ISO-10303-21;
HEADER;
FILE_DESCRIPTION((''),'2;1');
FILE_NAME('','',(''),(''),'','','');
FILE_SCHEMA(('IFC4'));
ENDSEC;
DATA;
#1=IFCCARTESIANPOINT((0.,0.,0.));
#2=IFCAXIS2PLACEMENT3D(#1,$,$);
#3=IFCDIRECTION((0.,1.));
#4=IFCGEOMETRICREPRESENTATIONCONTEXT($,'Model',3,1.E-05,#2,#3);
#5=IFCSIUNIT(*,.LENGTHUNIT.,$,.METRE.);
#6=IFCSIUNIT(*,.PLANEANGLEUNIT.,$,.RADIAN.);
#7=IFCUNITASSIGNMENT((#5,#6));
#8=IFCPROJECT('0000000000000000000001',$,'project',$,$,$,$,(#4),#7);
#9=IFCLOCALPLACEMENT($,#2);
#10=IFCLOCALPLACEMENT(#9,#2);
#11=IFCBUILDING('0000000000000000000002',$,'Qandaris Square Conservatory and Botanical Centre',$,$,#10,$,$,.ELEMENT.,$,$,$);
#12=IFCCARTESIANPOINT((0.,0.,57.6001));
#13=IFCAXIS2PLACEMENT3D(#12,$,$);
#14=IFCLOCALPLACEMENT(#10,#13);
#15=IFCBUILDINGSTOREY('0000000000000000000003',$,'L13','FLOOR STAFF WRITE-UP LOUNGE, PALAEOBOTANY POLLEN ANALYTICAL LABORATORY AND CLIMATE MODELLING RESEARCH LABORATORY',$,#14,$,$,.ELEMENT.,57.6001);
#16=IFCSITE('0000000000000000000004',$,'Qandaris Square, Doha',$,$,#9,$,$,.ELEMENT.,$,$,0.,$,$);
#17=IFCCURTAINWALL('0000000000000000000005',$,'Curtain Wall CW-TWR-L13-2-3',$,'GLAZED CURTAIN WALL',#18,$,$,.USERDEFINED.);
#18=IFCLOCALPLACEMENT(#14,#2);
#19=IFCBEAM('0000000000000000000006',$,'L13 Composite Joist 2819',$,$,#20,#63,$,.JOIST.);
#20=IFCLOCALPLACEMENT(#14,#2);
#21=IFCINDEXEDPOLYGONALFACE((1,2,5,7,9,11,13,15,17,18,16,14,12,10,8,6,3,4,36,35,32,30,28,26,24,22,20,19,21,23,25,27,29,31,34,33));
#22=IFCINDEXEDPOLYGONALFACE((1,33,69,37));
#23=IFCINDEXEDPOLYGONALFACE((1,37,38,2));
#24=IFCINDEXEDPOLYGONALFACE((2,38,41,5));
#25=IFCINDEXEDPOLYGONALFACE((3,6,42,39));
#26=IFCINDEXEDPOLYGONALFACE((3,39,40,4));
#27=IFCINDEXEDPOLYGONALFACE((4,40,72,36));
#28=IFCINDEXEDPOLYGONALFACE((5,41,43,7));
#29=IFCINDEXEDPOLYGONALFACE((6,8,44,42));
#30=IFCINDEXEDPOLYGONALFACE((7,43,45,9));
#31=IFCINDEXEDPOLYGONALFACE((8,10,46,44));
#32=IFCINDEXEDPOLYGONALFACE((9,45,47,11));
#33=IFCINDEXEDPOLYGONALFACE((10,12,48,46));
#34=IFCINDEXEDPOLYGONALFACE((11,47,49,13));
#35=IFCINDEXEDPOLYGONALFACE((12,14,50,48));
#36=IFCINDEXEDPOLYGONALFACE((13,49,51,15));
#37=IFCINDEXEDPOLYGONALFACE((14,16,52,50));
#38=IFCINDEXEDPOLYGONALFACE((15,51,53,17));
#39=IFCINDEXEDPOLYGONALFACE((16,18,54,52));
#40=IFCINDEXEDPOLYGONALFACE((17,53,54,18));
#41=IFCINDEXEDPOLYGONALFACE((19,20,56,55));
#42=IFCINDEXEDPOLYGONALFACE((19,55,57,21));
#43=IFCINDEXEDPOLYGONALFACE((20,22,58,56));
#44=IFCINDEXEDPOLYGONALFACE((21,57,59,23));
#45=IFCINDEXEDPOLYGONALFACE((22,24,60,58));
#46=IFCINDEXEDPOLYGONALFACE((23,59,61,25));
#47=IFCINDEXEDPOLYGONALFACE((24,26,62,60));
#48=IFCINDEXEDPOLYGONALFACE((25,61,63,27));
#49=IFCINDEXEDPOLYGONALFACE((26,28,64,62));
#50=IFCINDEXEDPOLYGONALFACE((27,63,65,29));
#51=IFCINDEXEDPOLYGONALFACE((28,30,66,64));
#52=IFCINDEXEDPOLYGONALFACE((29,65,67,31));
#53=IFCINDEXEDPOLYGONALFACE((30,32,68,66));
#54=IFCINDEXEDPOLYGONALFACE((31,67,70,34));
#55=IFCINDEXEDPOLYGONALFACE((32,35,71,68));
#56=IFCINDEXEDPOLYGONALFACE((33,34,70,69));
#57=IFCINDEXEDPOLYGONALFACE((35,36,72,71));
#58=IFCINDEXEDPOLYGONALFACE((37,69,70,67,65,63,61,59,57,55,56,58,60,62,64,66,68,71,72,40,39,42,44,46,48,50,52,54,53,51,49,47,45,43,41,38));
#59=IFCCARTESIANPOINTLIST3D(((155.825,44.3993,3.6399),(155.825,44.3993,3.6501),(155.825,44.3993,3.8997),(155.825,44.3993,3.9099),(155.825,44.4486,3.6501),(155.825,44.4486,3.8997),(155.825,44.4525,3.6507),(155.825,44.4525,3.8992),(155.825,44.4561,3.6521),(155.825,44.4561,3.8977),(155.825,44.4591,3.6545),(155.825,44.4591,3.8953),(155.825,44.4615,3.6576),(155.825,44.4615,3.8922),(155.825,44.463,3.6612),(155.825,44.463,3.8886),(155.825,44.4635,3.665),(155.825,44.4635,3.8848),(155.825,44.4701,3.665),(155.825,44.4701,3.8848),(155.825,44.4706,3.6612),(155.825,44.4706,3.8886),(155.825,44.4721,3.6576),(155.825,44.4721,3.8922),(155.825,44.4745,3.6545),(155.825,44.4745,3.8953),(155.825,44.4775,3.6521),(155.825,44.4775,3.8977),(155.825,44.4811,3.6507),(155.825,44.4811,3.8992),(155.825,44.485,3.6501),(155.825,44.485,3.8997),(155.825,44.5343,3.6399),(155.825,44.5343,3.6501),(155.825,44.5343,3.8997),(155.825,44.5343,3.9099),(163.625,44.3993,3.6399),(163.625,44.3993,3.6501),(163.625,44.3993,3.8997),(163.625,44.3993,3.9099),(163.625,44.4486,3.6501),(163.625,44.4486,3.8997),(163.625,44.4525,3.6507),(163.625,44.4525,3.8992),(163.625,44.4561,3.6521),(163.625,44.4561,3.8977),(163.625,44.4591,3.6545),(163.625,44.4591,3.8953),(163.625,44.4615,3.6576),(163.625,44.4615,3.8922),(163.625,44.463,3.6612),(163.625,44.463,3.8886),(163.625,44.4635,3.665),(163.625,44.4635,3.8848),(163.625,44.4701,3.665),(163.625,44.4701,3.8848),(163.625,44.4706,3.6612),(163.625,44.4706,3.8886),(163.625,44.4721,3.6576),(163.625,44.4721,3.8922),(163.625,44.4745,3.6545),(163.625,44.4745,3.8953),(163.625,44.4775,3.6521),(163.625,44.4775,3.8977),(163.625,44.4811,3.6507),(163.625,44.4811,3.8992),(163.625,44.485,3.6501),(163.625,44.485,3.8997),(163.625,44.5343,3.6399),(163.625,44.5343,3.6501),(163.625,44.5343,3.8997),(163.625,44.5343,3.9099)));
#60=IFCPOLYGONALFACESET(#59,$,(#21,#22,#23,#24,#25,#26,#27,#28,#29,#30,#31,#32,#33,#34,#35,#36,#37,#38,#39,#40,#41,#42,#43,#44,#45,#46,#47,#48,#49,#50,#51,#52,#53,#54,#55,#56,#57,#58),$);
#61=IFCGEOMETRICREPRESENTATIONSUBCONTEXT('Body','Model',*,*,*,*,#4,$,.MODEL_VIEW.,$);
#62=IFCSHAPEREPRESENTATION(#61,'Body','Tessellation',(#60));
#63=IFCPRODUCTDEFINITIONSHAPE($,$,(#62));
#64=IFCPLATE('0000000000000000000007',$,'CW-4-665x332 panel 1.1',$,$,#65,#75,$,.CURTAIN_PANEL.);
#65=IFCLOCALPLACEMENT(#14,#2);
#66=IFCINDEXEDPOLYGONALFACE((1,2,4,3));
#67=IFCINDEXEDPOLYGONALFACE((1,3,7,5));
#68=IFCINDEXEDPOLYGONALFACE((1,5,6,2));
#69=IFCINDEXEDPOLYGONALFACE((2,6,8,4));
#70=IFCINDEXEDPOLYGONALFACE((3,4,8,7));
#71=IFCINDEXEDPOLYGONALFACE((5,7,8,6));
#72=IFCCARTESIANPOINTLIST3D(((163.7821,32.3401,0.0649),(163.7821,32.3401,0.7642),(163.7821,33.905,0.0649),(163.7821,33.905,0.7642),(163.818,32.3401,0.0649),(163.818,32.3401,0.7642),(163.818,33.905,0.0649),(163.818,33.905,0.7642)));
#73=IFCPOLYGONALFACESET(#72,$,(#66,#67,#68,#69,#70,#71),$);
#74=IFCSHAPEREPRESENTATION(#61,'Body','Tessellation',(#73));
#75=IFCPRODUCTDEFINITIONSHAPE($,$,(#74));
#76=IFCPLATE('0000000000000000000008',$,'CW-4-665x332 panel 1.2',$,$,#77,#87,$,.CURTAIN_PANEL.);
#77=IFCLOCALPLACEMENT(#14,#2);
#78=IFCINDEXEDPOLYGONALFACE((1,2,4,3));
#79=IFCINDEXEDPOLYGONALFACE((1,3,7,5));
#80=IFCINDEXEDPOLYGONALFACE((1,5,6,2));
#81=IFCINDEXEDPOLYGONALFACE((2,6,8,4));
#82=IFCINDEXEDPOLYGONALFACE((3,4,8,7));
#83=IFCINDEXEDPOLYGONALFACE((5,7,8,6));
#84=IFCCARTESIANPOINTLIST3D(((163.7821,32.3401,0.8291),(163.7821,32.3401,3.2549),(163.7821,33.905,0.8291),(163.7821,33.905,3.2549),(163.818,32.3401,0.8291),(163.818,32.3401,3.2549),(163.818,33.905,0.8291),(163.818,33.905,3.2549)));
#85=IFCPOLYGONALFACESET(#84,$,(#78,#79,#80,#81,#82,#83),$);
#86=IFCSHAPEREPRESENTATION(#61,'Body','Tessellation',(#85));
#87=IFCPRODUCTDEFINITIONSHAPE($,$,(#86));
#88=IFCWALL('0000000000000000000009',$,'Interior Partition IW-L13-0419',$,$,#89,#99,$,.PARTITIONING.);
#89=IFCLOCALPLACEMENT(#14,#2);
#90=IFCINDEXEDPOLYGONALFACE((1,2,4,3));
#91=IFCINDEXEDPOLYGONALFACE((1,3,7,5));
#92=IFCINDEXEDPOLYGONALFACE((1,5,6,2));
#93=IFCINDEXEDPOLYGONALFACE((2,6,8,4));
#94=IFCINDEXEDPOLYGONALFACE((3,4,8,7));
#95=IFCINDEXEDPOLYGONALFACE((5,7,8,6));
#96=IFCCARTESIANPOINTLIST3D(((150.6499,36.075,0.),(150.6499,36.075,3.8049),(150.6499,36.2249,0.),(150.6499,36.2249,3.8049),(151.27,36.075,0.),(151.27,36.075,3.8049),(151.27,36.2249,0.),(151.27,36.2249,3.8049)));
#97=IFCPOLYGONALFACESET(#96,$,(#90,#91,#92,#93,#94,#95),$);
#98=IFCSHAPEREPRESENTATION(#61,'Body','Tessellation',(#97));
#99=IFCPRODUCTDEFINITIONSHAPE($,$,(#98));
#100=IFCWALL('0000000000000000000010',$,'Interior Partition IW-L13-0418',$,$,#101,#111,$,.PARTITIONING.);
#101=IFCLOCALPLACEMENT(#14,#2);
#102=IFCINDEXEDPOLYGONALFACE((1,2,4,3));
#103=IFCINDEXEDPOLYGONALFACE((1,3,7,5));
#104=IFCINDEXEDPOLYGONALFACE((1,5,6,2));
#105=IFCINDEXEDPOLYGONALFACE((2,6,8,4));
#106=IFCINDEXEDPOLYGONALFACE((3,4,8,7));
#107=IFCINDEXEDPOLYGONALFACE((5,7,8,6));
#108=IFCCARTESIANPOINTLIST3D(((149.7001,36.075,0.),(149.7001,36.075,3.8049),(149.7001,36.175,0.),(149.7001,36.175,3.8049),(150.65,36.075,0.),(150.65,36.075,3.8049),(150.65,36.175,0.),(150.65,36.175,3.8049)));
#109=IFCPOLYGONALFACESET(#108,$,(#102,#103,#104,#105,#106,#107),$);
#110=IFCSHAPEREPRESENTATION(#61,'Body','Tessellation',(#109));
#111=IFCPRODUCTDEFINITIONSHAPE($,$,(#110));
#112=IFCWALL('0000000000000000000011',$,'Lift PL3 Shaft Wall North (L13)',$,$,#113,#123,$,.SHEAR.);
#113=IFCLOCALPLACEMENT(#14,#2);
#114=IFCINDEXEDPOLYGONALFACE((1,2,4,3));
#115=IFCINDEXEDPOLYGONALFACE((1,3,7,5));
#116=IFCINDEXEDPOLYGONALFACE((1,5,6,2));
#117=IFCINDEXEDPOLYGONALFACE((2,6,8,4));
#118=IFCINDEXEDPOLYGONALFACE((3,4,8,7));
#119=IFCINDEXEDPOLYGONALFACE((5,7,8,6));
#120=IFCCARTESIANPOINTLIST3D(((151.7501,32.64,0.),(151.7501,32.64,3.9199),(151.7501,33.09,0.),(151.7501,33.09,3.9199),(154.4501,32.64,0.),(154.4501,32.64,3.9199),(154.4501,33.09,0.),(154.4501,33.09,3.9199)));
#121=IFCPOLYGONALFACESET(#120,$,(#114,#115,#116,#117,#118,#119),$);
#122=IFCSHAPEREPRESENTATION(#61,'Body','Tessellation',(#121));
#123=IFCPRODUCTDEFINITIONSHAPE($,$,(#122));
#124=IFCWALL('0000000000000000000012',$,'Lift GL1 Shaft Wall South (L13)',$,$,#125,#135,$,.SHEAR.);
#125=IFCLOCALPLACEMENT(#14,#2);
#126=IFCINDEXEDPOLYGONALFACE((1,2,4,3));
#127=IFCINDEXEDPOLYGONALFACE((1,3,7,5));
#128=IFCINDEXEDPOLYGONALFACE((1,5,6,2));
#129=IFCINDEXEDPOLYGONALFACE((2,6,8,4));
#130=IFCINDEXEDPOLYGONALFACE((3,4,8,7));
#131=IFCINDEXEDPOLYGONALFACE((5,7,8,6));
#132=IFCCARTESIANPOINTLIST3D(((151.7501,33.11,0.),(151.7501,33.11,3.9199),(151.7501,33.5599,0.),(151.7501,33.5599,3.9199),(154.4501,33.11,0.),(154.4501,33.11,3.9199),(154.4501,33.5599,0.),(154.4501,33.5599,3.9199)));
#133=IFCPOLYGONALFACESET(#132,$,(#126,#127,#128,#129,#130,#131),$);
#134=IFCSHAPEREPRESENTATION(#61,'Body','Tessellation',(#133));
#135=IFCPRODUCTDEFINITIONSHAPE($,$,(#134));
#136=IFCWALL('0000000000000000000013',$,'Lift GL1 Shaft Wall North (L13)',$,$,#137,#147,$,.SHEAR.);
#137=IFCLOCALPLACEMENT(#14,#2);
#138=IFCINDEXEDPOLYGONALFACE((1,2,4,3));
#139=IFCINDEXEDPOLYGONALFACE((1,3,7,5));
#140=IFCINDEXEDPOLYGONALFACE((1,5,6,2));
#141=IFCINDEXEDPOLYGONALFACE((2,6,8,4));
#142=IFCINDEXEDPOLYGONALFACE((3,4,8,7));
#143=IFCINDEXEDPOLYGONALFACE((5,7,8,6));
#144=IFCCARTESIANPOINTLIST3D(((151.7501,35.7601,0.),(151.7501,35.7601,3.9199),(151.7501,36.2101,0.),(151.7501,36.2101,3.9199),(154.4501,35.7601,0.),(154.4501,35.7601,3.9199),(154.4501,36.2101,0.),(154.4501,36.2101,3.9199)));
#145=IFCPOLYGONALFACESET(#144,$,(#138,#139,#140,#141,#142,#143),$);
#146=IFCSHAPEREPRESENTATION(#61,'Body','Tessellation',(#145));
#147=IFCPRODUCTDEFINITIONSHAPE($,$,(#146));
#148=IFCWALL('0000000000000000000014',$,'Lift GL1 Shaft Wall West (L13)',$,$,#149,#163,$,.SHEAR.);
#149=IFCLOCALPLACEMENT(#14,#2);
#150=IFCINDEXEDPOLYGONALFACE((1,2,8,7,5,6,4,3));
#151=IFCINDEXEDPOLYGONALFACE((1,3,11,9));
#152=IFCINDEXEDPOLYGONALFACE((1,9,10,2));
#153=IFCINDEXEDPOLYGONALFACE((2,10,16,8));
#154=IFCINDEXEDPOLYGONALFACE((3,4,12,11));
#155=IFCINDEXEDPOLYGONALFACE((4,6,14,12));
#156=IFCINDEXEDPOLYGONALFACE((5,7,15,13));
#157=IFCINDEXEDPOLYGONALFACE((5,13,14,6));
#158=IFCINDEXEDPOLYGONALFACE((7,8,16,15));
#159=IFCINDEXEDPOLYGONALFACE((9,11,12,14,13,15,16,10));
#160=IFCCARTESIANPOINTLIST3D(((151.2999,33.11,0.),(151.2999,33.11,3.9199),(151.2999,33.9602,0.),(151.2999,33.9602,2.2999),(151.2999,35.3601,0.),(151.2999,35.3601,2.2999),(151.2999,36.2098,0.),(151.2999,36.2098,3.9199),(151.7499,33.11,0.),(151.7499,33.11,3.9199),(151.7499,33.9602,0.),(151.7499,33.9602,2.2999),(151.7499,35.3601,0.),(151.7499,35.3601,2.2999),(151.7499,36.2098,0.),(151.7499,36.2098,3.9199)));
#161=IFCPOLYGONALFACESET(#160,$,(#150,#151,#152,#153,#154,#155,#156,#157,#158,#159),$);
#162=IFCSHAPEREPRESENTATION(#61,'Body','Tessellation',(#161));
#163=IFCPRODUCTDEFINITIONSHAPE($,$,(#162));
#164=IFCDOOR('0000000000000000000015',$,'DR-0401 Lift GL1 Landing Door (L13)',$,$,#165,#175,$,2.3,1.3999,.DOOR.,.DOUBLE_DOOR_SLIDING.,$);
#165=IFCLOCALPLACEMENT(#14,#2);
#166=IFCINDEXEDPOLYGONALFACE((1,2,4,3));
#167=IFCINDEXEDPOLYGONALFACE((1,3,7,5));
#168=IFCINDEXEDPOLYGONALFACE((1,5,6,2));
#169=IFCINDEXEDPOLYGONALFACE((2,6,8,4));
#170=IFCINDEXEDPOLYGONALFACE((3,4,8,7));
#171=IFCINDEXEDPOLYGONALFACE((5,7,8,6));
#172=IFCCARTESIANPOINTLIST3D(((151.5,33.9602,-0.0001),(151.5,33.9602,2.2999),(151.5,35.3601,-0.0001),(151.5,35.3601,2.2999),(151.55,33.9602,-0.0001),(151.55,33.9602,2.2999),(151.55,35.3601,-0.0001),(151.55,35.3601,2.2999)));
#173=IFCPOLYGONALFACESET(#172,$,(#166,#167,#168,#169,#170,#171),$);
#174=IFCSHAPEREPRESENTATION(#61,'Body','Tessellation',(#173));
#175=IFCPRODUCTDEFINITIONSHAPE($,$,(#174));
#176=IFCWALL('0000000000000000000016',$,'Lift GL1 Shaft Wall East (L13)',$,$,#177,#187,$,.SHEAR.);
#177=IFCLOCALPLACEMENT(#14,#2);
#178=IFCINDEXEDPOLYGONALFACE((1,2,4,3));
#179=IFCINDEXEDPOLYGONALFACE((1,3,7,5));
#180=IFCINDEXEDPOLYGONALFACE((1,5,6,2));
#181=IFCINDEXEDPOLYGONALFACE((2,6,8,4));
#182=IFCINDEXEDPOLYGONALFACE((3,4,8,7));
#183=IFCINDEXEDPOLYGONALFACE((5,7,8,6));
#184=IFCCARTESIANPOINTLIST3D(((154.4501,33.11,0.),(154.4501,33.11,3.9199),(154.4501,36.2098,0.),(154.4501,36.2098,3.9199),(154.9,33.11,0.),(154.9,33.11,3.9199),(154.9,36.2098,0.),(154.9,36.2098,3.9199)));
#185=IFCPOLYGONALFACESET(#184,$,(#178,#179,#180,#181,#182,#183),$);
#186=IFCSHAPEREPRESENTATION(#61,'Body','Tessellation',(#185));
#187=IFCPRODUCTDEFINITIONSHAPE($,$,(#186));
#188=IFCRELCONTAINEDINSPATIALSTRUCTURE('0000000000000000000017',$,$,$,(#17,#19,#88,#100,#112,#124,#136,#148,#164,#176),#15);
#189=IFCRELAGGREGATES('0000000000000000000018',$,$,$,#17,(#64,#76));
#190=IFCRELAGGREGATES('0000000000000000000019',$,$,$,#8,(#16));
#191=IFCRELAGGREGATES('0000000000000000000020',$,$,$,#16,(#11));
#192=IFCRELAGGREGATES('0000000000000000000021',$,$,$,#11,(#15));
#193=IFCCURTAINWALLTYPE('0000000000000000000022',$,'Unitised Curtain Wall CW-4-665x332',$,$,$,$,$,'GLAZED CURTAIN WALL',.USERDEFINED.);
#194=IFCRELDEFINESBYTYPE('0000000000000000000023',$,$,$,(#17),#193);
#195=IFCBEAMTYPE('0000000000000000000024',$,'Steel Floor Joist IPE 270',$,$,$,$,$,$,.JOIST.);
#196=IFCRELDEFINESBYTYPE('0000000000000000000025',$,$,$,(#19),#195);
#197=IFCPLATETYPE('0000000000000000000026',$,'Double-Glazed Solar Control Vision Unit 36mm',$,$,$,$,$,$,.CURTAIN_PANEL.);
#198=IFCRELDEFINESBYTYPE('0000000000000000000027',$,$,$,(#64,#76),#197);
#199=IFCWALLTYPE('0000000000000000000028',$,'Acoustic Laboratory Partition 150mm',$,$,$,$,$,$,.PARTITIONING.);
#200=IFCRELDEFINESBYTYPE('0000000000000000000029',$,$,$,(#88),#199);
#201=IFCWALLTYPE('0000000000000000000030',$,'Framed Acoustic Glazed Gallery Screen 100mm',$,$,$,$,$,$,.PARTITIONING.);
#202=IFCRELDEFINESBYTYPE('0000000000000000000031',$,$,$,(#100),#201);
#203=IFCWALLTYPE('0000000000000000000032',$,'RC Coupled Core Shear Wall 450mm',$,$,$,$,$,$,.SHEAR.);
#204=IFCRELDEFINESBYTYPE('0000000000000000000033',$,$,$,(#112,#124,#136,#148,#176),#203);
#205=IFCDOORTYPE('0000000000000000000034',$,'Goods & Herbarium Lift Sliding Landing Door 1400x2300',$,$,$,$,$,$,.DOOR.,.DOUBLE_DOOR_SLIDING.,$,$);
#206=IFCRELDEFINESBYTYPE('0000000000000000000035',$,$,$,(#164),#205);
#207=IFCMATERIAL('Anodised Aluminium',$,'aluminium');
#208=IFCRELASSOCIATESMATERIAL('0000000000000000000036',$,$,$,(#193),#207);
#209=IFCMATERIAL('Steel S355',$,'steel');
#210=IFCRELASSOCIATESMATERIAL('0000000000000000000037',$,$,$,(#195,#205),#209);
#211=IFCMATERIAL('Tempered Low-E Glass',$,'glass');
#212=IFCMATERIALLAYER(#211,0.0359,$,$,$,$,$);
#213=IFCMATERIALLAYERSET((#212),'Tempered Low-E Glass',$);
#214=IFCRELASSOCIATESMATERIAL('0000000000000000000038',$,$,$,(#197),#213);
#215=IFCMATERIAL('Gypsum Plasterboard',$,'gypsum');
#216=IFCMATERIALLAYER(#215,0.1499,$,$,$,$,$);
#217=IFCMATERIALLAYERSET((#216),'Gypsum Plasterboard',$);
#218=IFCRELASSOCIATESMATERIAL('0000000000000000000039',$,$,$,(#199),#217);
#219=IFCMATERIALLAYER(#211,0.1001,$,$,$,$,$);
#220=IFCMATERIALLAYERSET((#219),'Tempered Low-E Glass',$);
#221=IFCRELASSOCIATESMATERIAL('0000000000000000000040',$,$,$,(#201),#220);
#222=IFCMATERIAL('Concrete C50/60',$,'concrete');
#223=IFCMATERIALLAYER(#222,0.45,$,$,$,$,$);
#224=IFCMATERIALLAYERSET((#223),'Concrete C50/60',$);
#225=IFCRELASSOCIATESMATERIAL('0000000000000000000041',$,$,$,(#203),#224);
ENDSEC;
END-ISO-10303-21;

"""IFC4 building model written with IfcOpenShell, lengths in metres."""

from ifc_helpers import new_model, si_unit, direction, frame, frame_2d, origin, origin_2d, place, context, subcontext, project, spatial, rectangle, i_section, extrude, material, layer, layer_set, material_profile, profile_set, type_object, element, fill, aggregate, save


model = new_model("IFC4")

# Units and contexts
model_context = context("Model", 3, precision=1e-05, world=origin(), true_north=direction((0.0, 1.0)))
body_context = subcontext(model_context, "Body", "Model", "MODEL_VIEW")
ifc_project = project(units=[si_unit("LENGTHUNIT", "METRE"), si_unit("PLANEANGLEUNIT", "RADIAN")], contexts=[model_context])

# Site, building, storey
site_placement = place(None, origin())
site = spatial("IfcSite", under=ifc_project, at=site_placement, Name="Qandaris Square, Doha", CompositionType="ELEMENT", RefElevation=0.0)
building_placement = place(site_placement, origin())
building = spatial("IfcBuilding", under=site, at=building_placement, Name="Qandaris Square Conservatory and Botanical Centre", CompositionType="ELEMENT")
storey_placement = place(building_placement, frame((0.0, 0.0, 57.6001)))
storey = spatial("IfcBuildingStorey", under=building, at=storey_placement, Name="L13", Description="FLOOR STAFF WRITE-UP LOUNGE, PALAEOBOTANY POLLEN ANALYTICAL LABORATORY AND CLIMATE MODELLING RESEARCH LABORATORY", CompositionType="ELEMENT", Elevation=57.6001)

# Shared definitions
ifc_material_1 = material(Name="Concrete C50/60", Category="concrete")

# Shared definitions
ifc_material_2 = material(Name="Steel S355", Category="steel")

# Curtain wall
ifc_material_3 = material(Name="Anodised Aluminium", Category="aluminium")
curtain_wall_type = type_object("IfcCurtainWallType", Name="Unitised Curtain Wall CW-4-665x332", ElementType="GLAZED CURTAIN WALL", PredefinedType="USERDEFINED", material=ifc_material_3)
curtain_wall_placement = place(storey_placement, origin())
curtain_wall = element("IfcCurtainWall", 1, at=curtain_wall_placement, inside=storey, type_object=curtain_wall_type, Name="Curtain Wall CW-TWR-L13-2-3", ObjectType="GLAZED CURTAIN WALL", PredefinedType="USERDEFINED")

# Beam
ifc_material_profile_1 = material_profile(ifc_material_2, i_section(OverallWidth=0.135, OverallDepth=0.27, WebThickness=0.0066, FlangeThickness=0.0103, FilletRadius=0.0149, at=origin_2d()), Name="IPE 270")
ifc_profile_set_1 = profile_set([ifc_material_profile_1], Name="Steel S355")
beam_type_1 = type_object("IfcBeamType", Name="Steel Floor Joist IPE 270", PredefinedType="JOIST", material=ifc_profile_set_1)
beam_1_placement = place(storey_placement, frame((155.825, 44.4668, 3.7749), z_axis=(1.0, 0.0, 0.0), x_axis=(0.0, 1.0, 0.0)))
element("IfcBeam", 2, at=beam_1_placement, inside=storey, type_object=beam_type_1, Name="L13 Composite Joist 2819", PredefinedType="JOIST", context=body_context, shape_type="SweptSolid", body=[
    extrude(i_section(OverallWidth=0.135, OverallDepth=0.27, WebThickness=0.0066, FlangeThickness=0.0103, FilletRadius=0.0149, at=origin_2d()), origin(), (0.0, 0.0, 1.0), 7.8),
])

# Plates
ifc_material_4 = material(Name="Tempered Low-E Glass", Category="glass")
ifc_layer_1 = layer(ifc_material_4, 0.0359)
ifc_layer_set_1 = layer_set([ifc_layer_1], Name="Tempered Low-E Glass")
plate_type = type_object("IfcPlateType", Name="Double-Glazed Solar Control Vision Unit 36mm", PredefinedType="CURTAIN_PANEL", material=ifc_layer_set_1)
plate_1_placement = place(storey_placement, frame((163.8, 33.1226, 0.0649), z_axis=(0.0, 0.0, 1.0), x_axis=(0.0, 1.0, 0.0)))
plate_1 = element("IfcPlate", 3, at=plate_1_placement, type_object=plate_type, Name="CW-4-665x332 panel 1.1", PredefinedType="CURTAIN_PANEL", context=body_context, shape_type="SweptSolid", body=[
    extrude(rectangle(XDim=1.5649, YDim=0.0359, at=origin_2d()), origin(), (0.0, 0.0, 1.0), 0.6992),
])
plate_2_placement = place(storey_placement, frame((163.8, 33.1226, 0.8291), z_axis=(0.0, 0.0, 1.0), x_axis=(0.0, 1.0, 0.0)))
plate_2 = element("IfcPlate", 4, at=plate_2_placement, type_object=plate_type, Name="CW-4-665x332 panel 1.2", PredefinedType="CURTAIN_PANEL", context=body_context, shape_type="SweptSolid", body=[
    extrude(rectangle(XDim=1.5649, YDim=0.0359, at=origin_2d()), origin(), (0.0, 0.0, 1.0), 2.4258),
])
aggregate(curtain_wall, [plate_1, plate_2])

# Walls
ifc_material_5 = material(Name="Gypsum Plasterboard", Category="gypsum")
ifc_layer_2 = layer(ifc_material_5, 0.1499)
ifc_layer_set_2 = layer_set([ifc_layer_2], Name="Gypsum Plasterboard")
wall_type_1 = type_object("IfcWallType", Name="Acoustic Laboratory Partition 150mm", PredefinedType="PARTITIONING", material=ifc_layer_set_2)
wall_1_placement = place(storey_placement, frame((150.6499, 36.1499, 0.0), z_axis=(0.0, 0.0, 1.0), x_axis=(1.0, 0.0, 0.0)))
element("IfcWall", 5, at=wall_1_placement, inside=storey, type_object=wall_type_1, Name="Interior Partition IW-L13-0419", PredefinedType="PARTITIONING", context=body_context, shape_type="SweptSolid", body=[
    extrude(rectangle(XDim=0.6201, YDim=0.1499, at=frame_2d((0.3101, 0.0))), origin(), (0.0, 0.0, 1.0), 3.8049),
])
ifc_layer_3 = layer(ifc_material_4, 0.1001)
ifc_layer_set_3 = layer_set([ifc_layer_3], Name="Tempered Low-E Glass")
wall_type_2 = type_object("IfcWallType", Name="Framed Acoustic Glazed Gallery Screen 100mm", PredefinedType="PARTITIONING", material=ifc_layer_set_3)
wall_2_placement = place(storey_placement, frame((149.7, 36.125, 0.0), z_axis=(0.0, 0.0, 1.0), x_axis=(1.0, 0.0, 0.0)))
element("IfcWall", 6, at=wall_2_placement, inside=storey, type_object=wall_type_2, Name="Interior Partition IW-L13-0418", PredefinedType="PARTITIONING", context=body_context, shape_type="SweptSolid", body=[
    extrude(rectangle(XDim=0.95, YDim=0.1001, at=frame_2d((0.4751, 0.0))), origin(), (0.0, 0.0, 1.0), 3.8049),
])
ifc_layer_4 = layer(ifc_material_1, 0.45)
ifc_layer_set_4 = layer_set([ifc_layer_4], Name="Concrete C50/60")
wall_type_3 = type_object("IfcWallType", Name="RC Coupled Core Shear Wall 450mm", PredefinedType="SHEAR", material=ifc_layer_set_4)
for number, where, z_axis, x_axis, name in (
    (7, (151.75, 32.865, 0.0), (0.0, 0.0, 1.0), (1.0, 0.0, 0.0), "Lift PL3 Shaft Wall North (L13)"),
    (8, (151.75, 33.335, 0.0), (0.0, 0.0, 1.0), (1.0, 0.0, 0.0), "Lift GL1 Shaft Wall South (L13)"),
    (9, (151.75, 35.9851, 0.0), (0.0, 0.0, 1.0), (1.0, 0.0, 0.0), "Lift GL1 Shaft Wall North (L13)"),
):
    element("IfcWall", number, at=place(storey_placement, frame(where, z_axis=z_axis, x_axis=x_axis)), inside=storey, type_object=wall_type_3, Name=name, PredefinedType="SHEAR", context=body_context, shape_type="SweptSolid", body=[
        extrude(rectangle(XDim=2.7, YDim=0.45, at=frame_2d((1.3501, 0.0))), origin(), (0.0, 0.0, 1.0), 3.9199),
    ])

# Wall, opening, door
wall_3_placement = place(storey_placement, frame((151.5249, 33.1101, 0.0), z_axis=(0.0, 0.0, 1.0), x_axis=(0.0, 1.0, 0.0)))
wall_3 = element("IfcWall", 10, at=wall_3_placement, inside=storey, type_object=wall_type_3, Name="Lift GL1 Shaft Wall West (L13)", PredefinedType="SHEAR", context=body_context, shape_type="SweptSolid", body=[
    extrude(rectangle(XDim=3.0999, YDim=0.45, at=frame_2d((1.5498, 0.0))), origin(), (0.0, 0.0, 1.0), 3.9199),
])
opening_1_placement = place(wall_3_placement, frame((0.8501, 0.0, 0.0)))
opening_1 = element("IfcOpeningElement", 11, at=opening_1_placement, cuts=wall_3, PredefinedType="OPENING", context=body_context, shape_type="SweptSolid", body=[
    extrude(rectangle(XDim=1.3999, YDim=2.3, at=frame_2d((0.7, 1.1499))), frame((0.0, 0.2368, 0.0), z_axis=(0.0, -1.0, 0.0), x_axis=(1.0, 0.0, 0.0)), (0.0, 0.0, 1.0), 0.4739),
])
door_type_1 = type_object("IfcDoorType", Name="Goods & Herbarium Lift Sliding Landing Door 1400x2300", OperationType="DOUBLE_DOOR_SLIDING", PredefinedType="DOOR", material=ifc_material_2)
door_1_placement = place(opening_1_placement, origin())
door_1 = element("IfcDoor", 12, at=door_1_placement, inside=storey, type_object=door_type_1, Name="DR-0401 Lift GL1 Landing Door (L13)", OperationType="DOUBLE_DOOR_SLIDING", OverallHeight=2.3, OverallWidth=1.3999, PredefinedType="DOOR", context=body_context, shape_type="SweptSolid", body=[
    extrude(rectangle(XDim=1.3999, YDim=2.3, at=frame_2d((0.7, 1.1499))), frame((0.0, 0.0249, 0.0), z_axis=(0.0, -1.0, 0.0), x_axis=(1.0, 0.0, 0.0)), (0.0, 0.0, 1.0), 0.05),
])
fill(opening_1, door_1)

# Wall
wall_4_placement = place(storey_placement, frame((154.675, 33.1101, 0.0), z_axis=(0.0, 0.0, 1.0), x_axis=(0.0, 1.0, 0.0)))
element("IfcWall", 13, at=wall_4_placement, inside=storey, type_object=wall_type_3, Name="Lift GL1 Shaft Wall East (L13)", PredefinedType="SHEAR", context=body_context, shape_type="SweptSolid", body=[
    extrude(rectangle(XDim=3.0999, YDim=0.45, at=frame_2d((1.5498, 0.0))), origin(), (0.0, 0.0, 1.0), 3.9199),
])

save(model, "model.ifc")
